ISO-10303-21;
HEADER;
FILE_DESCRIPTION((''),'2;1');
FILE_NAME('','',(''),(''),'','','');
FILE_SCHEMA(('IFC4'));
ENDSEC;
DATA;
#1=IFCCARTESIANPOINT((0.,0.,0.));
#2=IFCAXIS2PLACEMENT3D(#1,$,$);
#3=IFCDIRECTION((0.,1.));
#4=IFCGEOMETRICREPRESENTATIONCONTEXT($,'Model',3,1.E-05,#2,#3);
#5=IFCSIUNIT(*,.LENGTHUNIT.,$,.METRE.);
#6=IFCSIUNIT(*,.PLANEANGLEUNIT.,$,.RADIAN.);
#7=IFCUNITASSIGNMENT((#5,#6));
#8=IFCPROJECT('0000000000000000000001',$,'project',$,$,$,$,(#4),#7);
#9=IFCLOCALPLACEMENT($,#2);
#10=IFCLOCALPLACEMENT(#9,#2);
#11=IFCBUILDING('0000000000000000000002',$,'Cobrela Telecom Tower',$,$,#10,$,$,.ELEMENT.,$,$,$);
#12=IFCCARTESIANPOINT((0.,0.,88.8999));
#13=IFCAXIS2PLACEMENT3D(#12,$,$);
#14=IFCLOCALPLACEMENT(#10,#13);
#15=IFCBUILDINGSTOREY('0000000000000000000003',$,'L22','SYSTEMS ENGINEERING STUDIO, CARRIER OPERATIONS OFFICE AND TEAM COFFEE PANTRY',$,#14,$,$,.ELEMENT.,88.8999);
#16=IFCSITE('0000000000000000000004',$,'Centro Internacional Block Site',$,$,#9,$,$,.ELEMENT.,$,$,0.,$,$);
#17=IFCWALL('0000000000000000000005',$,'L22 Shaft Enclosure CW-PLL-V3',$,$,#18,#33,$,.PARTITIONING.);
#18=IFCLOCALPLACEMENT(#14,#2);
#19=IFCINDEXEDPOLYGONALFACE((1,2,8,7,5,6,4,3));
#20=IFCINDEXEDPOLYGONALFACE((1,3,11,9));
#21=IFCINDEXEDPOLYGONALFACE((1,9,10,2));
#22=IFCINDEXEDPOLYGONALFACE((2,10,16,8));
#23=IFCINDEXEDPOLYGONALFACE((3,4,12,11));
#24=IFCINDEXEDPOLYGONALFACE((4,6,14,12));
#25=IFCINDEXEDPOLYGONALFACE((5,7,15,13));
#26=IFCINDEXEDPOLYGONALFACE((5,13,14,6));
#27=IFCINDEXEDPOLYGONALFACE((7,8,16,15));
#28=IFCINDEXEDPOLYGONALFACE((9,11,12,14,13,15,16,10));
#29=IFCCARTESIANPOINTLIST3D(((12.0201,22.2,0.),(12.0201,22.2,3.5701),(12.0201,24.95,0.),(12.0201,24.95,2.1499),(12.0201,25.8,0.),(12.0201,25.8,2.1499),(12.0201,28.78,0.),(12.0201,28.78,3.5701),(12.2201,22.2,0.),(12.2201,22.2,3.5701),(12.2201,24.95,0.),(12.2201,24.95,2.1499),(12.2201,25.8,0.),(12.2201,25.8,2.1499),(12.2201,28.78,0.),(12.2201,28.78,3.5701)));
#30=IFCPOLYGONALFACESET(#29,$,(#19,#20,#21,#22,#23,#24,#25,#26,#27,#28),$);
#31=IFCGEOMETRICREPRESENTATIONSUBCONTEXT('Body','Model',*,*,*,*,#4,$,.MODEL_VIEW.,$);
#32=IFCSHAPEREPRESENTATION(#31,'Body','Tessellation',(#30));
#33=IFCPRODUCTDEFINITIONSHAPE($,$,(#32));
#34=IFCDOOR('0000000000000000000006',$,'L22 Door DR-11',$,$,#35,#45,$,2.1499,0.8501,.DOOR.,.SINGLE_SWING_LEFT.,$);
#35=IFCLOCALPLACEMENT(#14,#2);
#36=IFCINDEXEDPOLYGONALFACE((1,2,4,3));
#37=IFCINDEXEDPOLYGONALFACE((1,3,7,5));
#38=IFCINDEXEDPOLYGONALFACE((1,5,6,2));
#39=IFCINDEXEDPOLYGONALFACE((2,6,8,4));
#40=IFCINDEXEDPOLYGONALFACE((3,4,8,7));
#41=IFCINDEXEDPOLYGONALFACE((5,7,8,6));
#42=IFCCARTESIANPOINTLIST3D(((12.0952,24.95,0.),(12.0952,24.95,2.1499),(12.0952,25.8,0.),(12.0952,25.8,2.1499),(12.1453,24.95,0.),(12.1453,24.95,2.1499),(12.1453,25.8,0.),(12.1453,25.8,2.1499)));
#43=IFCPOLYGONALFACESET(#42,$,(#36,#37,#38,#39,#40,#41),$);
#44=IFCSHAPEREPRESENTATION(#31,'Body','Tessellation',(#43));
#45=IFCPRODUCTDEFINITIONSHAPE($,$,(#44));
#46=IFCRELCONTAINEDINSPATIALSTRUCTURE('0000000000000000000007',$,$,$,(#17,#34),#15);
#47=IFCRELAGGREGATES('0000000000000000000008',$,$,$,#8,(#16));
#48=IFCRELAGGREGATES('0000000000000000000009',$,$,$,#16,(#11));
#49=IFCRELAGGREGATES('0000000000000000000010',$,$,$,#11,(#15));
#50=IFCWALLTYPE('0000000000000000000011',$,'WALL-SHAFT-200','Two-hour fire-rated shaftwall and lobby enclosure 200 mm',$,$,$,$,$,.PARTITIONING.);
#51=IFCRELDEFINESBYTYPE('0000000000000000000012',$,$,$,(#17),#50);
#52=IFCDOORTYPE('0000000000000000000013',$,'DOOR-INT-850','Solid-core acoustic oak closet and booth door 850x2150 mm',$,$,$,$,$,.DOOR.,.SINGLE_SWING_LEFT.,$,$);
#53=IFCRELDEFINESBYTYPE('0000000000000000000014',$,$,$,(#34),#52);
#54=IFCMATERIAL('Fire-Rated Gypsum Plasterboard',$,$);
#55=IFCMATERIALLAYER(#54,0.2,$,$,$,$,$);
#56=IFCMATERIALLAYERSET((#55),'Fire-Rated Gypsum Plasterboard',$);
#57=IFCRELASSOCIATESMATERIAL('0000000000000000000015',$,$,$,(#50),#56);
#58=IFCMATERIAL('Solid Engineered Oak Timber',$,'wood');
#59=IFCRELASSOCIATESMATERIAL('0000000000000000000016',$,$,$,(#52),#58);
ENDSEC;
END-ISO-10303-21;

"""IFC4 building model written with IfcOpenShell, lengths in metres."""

from ifc_helpers import new_model, si_unit, direction, frame, frame_2d, origin, place, context, subcontext, project, spatial, rectangle, extrude, material, layer, layer_set, type_object, element, fill, save


model = new_model("IFC4")

# Units and contexts
model_context = context("Model", 3, precision=1e-05, world=origin(), true_north=direction((0.0, 1.0)))
body_context = subcontext(model_context, "Body", "Model", "MODEL_VIEW")
ifc_project = project(units=[si_unit("LENGTHUNIT", "METRE"), si_unit("PLANEANGLEUNIT", "RADIAN")], contexts=[model_context])

# Site, building, storey
site_placement = place(None, origin())
site = spatial("IfcSite", under=ifc_project, at=site_placement, Name="Centro Internacional Block Site", CompositionType="ELEMENT", RefElevation=0.0)
building_placement = place(site_placement, origin())
building = spatial("IfcBuilding", under=site, at=building_placement, Name="Cobrela Telecom Tower", CompositionType="ELEMENT")
storey_placement = place(building_placement, frame((0.0, 0.0, 88.8999)))
storey = spatial("IfcBuildingStorey", under=building, at=storey_placement, Name="L22", Description="SYSTEMS ENGINEERING STUDIO, CARRIER OPERATIONS OFFICE AND TEAM COFFEE PANTRY", CompositionType="ELEMENT", Elevation=88.8999)

# Shared definitions
ifc_material_1 = material(Name="Fire-Rated Gypsum Plasterboard")
ifc_layer_1 = layer(ifc_material_1, 0.2)
ifc_layer_set_1 = layer_set([ifc_layer_1], Name="Fire-Rated Gypsum Plasterboard")
wall_type_1 = type_object("IfcWallType", Name="WALL-SHAFT-200", Description="Two-hour fire-rated shaftwall and lobby enclosure 200 mm", PredefinedType="PARTITIONING", material=ifc_layer_set_1)

# Wall, opening, door
wall_1_placement = place(storey_placement, frame((12.1201, 22.2, 0.0), z_axis=(0.0, 0.0, 1.0), x_axis=(0.0, 1.0, 0.0)))
wall_1 = element("IfcWall", 1, at=wall_1_placement, inside=storey, type_object=wall_type_1, Name="L22 Shaft Enclosure CW-PLL-V3", PredefinedType="PARTITIONING", context=body_context, shape_type="SweptSolid", body=[
    extrude(rectangle(XDim=6.5801, YDim=0.2, at=frame_2d((3.29, 0.0))), origin(), (0.0, 0.0, 1.0), 3.5701),
])
opening_1_placement = place(wall_1_placement, frame((2.75, 0.0, 0.0)))
opening_1 = element("IfcOpeningElement", 2, at=opening_1_placement, cuts=wall_1, PredefinedType="OPENING", context=body_context, shape_type="SweptSolid", body=[
    extrude(rectangle(XDim=0.8501, YDim=2.1499, at=frame_2d((0.425, 1.075))), frame((0.0, 0.1118, 0.0), z_axis=(0.0, -1.0, 0.0), x_axis=(1.0, 0.0, 0.0)), (0.0, 0.0, 1.0), 0.2239),
])
ifc_material_2 = material(Name="Solid Engineered Oak Timber", Category="wood")
door_type_1 = type_object("IfcDoorType", Name="DOOR-INT-850", Description="Solid-core acoustic oak closet and booth door 850x2150 mm", OperationType="SINGLE_SWING_LEFT", PredefinedType="DOOR", material=ifc_material_2)
door_1_placement = place(opening_1_placement, origin())
door_1 = element("IfcDoor", 3, at=door_1_placement, inside=storey, type_object=door_type_1, Name="L22 Door DR-11", OperationType="SINGLE_SWING_LEFT", OverallHeight=2.1499, OverallWidth=0.8501, PredefinedType="DOOR", context=body_context, shape_type="SweptSolid", body=[
    extrude(rectangle(XDim=0.8501, YDim=2.1499, at=frame_2d((0.425, 1.075))), frame((0.0, 0.0249, 0.0), z_axis=(0.0, -1.0, 0.0), x_axis=(1.0, 0.0, 0.0)), (0.0, 0.0, 1.0), 0.05),
])
fill(opening_1, door_1)

save(model, "model.ifc")
